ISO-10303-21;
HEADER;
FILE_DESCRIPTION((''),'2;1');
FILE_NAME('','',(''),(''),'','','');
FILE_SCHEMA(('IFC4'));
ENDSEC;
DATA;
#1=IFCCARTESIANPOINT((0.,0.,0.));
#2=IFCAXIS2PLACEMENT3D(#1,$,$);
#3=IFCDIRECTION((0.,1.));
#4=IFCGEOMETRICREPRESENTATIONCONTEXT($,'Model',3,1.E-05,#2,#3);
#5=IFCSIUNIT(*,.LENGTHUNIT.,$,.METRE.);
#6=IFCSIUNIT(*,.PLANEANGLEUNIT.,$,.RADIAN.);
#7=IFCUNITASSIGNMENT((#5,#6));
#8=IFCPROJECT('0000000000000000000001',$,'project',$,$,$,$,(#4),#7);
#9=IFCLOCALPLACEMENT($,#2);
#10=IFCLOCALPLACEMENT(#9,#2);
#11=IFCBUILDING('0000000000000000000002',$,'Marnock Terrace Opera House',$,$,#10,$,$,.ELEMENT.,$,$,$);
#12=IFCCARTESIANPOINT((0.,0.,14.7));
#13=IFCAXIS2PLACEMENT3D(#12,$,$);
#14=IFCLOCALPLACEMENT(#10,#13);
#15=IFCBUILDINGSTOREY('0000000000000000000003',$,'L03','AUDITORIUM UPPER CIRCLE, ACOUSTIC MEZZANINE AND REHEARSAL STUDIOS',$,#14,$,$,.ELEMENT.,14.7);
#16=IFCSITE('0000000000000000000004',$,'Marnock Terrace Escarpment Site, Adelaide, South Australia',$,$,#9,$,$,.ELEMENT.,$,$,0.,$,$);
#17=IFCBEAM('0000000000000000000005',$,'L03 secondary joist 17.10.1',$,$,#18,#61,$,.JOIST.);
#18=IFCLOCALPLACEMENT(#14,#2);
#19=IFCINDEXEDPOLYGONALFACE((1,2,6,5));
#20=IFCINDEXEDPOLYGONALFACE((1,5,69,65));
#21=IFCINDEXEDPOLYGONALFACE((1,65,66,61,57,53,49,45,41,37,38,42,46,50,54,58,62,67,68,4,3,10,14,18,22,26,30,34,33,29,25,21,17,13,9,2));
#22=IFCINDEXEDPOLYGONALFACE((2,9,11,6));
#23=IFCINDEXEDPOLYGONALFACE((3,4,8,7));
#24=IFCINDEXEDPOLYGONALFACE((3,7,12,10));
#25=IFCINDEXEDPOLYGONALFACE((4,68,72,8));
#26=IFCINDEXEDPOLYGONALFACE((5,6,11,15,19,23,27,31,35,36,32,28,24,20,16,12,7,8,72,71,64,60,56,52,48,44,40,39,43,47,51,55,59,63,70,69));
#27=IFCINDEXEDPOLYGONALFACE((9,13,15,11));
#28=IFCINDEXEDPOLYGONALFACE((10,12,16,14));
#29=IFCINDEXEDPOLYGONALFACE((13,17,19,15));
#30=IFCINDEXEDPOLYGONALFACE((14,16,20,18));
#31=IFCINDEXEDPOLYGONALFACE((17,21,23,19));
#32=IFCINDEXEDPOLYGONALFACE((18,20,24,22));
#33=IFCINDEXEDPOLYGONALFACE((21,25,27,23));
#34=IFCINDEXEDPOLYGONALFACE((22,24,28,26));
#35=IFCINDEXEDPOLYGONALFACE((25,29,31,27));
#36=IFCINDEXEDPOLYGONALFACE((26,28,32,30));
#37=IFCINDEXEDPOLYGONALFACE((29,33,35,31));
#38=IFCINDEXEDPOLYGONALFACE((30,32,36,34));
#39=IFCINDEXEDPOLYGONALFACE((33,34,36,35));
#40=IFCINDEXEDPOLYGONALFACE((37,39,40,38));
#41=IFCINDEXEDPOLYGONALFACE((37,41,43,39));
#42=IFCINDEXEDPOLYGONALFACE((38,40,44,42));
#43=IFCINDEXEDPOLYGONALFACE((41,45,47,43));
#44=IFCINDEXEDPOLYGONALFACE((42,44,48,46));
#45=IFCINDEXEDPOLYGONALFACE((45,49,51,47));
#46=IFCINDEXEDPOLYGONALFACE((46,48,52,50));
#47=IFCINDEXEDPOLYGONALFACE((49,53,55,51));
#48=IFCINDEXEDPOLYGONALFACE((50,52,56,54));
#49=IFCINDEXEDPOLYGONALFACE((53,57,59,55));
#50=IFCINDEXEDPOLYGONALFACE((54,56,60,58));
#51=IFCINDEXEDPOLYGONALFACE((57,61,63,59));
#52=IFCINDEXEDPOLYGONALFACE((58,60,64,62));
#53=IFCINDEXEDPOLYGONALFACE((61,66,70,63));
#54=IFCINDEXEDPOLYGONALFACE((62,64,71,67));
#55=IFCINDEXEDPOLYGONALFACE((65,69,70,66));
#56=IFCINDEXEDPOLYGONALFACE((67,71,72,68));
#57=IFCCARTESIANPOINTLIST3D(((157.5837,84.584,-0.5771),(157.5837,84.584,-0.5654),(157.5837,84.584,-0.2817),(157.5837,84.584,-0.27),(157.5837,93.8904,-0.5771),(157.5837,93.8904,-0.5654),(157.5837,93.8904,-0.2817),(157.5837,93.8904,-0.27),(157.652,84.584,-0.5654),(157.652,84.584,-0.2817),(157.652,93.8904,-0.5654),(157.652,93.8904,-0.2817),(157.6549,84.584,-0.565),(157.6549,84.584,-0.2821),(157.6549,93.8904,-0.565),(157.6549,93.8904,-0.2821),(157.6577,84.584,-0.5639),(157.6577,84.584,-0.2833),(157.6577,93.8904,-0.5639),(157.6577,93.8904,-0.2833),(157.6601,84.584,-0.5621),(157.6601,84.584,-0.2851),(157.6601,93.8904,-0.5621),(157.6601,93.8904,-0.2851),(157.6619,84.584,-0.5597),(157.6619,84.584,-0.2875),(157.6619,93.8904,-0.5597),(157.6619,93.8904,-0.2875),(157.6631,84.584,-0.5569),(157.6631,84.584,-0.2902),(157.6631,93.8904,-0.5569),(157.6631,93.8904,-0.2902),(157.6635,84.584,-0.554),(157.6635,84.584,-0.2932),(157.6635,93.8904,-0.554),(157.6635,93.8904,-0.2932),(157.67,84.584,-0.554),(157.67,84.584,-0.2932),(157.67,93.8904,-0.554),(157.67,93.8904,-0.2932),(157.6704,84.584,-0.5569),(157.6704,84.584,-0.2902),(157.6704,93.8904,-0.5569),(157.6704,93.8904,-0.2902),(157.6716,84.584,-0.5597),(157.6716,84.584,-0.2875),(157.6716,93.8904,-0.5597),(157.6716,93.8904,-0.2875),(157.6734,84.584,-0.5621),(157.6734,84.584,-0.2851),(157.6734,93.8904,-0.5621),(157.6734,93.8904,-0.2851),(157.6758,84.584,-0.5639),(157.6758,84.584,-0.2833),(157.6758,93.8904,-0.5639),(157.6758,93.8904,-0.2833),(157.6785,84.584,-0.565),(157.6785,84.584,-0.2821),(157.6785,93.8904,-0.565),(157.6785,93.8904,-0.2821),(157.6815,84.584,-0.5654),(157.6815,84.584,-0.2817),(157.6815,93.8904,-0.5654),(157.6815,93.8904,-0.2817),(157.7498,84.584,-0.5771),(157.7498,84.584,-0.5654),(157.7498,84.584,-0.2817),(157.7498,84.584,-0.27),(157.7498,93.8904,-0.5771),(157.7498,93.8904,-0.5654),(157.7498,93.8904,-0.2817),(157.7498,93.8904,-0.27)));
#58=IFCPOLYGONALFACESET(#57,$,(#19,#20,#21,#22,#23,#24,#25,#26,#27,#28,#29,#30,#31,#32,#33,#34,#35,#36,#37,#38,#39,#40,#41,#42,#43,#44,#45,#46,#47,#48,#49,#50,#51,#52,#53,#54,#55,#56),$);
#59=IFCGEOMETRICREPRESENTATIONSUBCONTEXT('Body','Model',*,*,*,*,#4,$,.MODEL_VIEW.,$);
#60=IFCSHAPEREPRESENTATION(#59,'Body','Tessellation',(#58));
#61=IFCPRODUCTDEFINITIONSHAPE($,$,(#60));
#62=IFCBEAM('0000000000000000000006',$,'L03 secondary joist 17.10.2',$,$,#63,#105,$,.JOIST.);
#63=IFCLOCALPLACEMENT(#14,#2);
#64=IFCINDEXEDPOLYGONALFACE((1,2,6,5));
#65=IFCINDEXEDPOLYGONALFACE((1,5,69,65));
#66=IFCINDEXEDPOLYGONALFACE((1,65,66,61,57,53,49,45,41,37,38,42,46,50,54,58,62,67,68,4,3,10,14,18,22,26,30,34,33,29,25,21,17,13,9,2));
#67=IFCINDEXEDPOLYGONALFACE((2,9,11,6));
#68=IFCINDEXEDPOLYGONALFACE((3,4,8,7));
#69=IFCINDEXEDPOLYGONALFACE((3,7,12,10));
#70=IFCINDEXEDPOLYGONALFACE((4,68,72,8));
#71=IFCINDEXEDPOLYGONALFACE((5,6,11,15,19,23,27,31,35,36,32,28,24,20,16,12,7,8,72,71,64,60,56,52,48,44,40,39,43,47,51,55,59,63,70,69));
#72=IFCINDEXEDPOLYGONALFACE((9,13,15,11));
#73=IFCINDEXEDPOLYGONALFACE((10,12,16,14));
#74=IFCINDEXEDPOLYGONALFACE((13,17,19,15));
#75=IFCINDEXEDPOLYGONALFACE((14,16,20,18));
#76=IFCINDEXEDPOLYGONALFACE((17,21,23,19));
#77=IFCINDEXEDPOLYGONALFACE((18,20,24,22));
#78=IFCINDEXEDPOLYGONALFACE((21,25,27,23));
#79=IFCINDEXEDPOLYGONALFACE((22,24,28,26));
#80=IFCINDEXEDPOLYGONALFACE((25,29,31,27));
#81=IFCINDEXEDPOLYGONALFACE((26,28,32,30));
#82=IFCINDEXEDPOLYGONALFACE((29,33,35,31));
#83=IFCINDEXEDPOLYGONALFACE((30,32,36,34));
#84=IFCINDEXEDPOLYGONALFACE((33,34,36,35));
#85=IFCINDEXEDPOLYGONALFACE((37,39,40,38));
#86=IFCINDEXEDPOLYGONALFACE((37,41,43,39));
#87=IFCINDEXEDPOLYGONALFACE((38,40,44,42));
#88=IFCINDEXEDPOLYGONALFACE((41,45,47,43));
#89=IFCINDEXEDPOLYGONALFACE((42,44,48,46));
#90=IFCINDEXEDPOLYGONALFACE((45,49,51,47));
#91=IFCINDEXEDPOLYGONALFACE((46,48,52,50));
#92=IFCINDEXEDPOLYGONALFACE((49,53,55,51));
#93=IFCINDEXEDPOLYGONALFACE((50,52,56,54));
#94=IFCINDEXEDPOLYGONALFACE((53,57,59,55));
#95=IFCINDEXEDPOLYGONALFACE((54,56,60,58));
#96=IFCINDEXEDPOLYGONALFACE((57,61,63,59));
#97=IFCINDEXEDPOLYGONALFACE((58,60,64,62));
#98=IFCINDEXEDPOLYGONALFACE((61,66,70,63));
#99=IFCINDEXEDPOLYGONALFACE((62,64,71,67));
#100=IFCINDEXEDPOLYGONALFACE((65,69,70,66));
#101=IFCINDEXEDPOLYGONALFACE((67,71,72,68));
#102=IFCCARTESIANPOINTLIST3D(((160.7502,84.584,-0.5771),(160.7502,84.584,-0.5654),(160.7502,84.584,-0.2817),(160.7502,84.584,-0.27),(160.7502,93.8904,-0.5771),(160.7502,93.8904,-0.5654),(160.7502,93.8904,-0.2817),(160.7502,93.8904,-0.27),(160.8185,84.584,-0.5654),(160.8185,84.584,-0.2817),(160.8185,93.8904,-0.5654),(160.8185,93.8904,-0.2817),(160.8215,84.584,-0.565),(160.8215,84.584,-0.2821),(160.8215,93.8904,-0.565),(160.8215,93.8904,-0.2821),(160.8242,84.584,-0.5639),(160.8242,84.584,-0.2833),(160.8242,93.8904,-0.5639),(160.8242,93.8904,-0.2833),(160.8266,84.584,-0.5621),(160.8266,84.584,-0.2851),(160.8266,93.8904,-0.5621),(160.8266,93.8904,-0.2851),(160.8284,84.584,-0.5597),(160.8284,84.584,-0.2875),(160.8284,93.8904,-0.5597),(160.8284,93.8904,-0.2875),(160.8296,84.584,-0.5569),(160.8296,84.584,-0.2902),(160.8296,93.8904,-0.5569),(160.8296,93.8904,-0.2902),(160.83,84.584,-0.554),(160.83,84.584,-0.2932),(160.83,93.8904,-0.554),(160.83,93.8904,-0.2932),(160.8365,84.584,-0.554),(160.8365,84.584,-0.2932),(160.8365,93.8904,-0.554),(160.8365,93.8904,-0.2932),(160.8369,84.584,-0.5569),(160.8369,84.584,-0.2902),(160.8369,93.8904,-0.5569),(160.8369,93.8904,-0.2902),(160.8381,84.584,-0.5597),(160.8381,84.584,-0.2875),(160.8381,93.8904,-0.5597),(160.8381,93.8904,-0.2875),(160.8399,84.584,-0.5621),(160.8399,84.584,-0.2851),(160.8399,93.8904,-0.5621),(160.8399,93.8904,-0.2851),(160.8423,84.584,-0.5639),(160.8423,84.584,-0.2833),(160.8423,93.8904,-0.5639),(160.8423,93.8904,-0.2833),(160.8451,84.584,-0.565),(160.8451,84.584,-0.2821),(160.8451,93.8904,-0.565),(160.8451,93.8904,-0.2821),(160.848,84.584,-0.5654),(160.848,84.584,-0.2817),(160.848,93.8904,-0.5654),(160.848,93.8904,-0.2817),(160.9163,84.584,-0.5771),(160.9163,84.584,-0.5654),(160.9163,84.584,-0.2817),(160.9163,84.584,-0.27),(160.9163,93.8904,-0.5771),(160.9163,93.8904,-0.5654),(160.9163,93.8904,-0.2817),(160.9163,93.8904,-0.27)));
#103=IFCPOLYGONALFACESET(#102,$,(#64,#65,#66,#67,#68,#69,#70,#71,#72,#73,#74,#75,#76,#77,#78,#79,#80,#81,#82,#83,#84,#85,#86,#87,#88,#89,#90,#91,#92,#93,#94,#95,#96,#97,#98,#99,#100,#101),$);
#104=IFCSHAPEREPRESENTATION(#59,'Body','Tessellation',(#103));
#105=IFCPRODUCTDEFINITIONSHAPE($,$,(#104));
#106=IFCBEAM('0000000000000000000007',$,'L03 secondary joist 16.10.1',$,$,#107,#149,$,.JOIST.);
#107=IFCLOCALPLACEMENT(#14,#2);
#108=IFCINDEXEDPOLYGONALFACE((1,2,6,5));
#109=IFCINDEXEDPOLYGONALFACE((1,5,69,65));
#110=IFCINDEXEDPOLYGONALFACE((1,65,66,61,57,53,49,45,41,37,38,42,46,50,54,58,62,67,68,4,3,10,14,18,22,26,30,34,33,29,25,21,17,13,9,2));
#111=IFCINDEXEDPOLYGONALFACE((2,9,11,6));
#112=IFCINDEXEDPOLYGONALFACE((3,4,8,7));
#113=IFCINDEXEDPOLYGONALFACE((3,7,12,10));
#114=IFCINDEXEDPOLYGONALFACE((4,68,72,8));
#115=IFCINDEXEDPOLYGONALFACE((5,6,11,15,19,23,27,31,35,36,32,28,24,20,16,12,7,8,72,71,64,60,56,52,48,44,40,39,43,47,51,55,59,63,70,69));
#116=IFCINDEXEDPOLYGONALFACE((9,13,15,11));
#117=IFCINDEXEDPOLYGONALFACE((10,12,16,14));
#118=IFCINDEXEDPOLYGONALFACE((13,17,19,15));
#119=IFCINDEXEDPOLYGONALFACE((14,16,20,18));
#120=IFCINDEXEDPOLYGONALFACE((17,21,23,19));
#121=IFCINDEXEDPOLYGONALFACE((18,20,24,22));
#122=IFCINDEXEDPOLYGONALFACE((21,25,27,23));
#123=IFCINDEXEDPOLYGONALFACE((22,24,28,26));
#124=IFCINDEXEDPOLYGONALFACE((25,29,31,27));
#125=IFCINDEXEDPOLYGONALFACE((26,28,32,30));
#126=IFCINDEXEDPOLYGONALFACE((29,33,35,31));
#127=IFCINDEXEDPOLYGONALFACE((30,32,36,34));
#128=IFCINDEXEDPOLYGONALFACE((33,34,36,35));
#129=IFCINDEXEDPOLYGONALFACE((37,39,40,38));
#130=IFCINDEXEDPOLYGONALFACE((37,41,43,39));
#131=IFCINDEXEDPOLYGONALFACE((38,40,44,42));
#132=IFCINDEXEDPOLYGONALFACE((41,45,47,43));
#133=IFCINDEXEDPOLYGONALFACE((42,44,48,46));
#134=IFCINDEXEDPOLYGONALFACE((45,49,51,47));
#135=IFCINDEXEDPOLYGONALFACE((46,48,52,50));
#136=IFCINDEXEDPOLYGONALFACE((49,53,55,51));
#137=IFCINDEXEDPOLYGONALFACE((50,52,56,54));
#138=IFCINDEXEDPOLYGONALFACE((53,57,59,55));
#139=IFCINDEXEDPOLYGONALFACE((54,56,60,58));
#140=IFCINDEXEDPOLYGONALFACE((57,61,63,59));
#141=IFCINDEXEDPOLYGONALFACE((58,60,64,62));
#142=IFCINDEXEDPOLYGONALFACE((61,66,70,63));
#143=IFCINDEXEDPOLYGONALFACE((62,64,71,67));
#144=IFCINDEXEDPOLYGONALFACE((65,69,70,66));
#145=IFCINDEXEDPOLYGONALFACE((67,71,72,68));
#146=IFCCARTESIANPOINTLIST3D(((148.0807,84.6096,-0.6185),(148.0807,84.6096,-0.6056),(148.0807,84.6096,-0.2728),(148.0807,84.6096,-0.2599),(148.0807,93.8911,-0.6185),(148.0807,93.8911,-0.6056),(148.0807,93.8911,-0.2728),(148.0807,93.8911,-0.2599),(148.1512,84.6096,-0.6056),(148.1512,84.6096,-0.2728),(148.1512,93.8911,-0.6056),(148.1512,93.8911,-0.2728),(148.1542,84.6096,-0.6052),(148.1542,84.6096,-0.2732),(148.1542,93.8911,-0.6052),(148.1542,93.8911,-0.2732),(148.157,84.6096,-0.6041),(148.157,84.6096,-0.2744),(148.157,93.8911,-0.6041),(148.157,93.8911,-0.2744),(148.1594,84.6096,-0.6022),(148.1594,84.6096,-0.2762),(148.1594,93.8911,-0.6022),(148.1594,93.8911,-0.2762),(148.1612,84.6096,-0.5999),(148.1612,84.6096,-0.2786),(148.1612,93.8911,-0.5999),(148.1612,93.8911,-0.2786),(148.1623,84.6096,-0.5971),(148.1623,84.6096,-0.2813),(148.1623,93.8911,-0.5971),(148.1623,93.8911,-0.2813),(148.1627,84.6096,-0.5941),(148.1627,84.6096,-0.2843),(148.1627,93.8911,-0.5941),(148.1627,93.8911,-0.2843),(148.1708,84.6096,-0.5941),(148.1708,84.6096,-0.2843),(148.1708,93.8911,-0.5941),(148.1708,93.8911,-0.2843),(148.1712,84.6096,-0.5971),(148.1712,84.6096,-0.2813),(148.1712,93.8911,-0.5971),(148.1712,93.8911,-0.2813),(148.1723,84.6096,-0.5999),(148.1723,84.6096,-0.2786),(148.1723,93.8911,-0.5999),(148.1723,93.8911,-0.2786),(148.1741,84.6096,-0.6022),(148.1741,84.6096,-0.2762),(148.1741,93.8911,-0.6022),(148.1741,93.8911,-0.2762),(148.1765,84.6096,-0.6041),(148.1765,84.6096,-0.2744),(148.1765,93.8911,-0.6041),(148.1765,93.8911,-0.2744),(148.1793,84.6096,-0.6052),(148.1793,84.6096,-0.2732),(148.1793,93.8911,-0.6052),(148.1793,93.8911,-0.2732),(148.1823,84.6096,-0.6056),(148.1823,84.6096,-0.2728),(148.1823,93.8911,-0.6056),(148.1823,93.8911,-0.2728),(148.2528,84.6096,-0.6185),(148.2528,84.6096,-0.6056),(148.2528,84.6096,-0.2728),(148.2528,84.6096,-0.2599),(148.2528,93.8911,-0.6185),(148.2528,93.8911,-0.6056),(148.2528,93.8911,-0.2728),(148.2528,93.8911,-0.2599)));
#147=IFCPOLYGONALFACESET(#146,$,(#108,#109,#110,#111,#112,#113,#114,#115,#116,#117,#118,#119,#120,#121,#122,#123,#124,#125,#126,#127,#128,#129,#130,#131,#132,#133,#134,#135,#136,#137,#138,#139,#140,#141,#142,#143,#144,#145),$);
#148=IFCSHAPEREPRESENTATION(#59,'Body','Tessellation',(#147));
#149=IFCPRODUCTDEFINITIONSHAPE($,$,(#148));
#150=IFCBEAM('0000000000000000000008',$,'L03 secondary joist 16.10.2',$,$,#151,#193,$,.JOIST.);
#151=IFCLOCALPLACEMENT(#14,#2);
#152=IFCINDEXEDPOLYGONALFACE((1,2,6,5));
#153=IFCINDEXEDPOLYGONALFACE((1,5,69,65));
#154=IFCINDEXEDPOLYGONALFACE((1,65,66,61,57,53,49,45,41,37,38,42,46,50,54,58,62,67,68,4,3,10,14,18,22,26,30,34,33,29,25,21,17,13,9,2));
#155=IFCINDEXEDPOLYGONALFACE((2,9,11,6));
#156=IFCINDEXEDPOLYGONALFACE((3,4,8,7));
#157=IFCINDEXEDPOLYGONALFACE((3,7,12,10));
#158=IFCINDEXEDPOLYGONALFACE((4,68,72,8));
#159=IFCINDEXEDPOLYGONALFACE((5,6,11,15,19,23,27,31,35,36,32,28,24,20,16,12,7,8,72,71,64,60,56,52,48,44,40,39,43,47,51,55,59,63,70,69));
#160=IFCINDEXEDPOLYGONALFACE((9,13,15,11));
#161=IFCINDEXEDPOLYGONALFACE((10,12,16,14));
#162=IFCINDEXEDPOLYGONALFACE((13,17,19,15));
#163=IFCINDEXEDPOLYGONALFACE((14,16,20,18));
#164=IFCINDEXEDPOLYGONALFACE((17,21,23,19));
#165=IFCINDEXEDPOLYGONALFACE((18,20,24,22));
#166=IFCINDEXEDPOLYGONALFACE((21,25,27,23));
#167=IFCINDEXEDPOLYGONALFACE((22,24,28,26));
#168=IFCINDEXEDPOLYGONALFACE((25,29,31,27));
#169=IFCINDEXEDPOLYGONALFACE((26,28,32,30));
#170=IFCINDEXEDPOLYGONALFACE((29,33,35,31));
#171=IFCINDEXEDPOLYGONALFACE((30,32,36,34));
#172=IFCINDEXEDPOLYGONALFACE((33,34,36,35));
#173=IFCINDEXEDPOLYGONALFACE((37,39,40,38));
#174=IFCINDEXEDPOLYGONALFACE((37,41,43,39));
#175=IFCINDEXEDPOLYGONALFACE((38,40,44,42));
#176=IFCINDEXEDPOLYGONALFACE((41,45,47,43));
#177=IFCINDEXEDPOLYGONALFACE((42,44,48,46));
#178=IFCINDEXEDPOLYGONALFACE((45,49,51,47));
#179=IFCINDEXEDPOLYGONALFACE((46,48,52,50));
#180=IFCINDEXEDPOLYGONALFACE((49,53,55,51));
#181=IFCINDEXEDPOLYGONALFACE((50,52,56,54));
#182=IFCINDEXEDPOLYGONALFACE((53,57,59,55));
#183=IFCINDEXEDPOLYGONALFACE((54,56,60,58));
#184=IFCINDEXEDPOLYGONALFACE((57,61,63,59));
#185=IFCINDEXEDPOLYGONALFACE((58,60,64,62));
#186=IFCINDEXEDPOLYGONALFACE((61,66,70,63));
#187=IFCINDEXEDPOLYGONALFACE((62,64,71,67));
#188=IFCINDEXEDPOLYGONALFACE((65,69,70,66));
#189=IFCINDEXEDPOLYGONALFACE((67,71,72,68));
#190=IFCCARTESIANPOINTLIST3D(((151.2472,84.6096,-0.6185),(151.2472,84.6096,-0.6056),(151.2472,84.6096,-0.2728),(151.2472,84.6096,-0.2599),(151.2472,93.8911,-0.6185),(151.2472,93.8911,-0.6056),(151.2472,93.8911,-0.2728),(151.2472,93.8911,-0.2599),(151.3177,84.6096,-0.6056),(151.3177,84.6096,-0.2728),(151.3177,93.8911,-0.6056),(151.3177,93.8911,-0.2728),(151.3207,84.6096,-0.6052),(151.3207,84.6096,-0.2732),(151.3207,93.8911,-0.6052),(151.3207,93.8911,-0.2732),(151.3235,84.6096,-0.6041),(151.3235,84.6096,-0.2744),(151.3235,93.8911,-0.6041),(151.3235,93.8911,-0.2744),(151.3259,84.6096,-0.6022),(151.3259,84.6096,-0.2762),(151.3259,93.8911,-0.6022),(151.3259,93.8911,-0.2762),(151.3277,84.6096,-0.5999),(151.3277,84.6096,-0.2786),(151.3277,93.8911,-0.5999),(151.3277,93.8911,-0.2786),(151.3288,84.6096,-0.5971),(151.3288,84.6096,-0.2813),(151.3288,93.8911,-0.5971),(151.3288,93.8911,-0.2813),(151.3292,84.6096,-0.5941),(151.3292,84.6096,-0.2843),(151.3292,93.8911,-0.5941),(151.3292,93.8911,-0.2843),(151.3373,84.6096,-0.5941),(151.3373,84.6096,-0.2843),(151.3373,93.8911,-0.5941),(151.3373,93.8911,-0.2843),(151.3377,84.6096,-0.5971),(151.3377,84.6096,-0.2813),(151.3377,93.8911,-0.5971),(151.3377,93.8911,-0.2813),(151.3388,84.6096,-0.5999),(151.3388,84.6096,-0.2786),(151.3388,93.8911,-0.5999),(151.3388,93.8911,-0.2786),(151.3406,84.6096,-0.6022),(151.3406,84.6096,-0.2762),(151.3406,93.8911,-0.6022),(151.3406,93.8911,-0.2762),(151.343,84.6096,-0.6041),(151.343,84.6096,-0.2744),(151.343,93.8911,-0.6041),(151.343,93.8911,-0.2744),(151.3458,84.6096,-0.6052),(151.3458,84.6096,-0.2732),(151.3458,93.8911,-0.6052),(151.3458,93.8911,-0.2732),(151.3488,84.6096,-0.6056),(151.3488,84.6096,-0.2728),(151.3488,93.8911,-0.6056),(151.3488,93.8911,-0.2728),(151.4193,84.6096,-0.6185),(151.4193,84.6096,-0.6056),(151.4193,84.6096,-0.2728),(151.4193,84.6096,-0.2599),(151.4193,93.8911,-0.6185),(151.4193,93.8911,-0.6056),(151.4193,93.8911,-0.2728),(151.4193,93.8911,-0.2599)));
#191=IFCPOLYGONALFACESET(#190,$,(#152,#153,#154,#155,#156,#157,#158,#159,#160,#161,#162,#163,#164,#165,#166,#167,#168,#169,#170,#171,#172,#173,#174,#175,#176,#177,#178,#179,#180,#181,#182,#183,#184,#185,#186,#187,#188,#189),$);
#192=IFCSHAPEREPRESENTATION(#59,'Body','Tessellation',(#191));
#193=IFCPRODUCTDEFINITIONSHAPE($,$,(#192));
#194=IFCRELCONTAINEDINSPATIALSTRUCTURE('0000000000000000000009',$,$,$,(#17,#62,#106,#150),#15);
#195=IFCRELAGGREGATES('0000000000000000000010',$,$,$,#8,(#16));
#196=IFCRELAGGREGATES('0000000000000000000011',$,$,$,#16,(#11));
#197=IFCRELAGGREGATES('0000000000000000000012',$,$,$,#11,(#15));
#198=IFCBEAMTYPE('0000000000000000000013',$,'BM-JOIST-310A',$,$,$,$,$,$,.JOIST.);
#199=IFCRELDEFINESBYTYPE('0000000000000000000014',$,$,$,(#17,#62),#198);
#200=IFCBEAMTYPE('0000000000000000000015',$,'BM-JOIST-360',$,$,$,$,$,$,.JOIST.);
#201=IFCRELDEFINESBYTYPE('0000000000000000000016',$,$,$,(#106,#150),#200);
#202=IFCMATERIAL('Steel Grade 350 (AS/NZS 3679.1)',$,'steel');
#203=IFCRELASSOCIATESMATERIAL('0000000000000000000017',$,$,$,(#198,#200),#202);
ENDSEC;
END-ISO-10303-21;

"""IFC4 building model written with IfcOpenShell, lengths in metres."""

from ifc_helpers import new_model, si_unit, direction, frame, origin, origin_2d, place, context, subcontext, project, spatial, i_section, extrude, material, material_profile, profile_set, type_object, element, save


model = new_model("IFC4")

# Units and contexts
model_context = context("Model", 3, precision=1e-05, world=origin(), true_north=direction((0.0, 1.0)))
body_context = subcontext(model_context, "Body", "Model", "MODEL_VIEW")
ifc_project = project(units=[si_unit("LENGTHUNIT", "METRE"), si_unit("PLANEANGLEUNIT", "RADIAN")], contexts=[model_context])

# Site, building, storey
site_placement = place(None, origin())
site = spatial("IfcSite", under=ifc_project, at=site_placement, Name="Marnock Terrace Escarpment Site, Adelaide, South Australia", CompositionType="ELEMENT", RefElevation=0.0)
building_placement = place(site_placement, origin())
building = spatial("IfcBuilding", under=site, at=building_placement, Name="Marnock Terrace Opera House", CompositionType="ELEMENT")
storey_placement = place(building_placement, frame((0.0, 0.0, 14.7)))
storey = spatial("IfcBuildingStorey", under=building, at=storey_placement, Name="L03", Description="AUDITORIUM UPPER CIRCLE, ACOUSTIC MEZZANINE AND REHEARSAL STUDIOS", CompositionType="ELEMENT", Elevation=14.7)

# Beams
ifc_material_1 = material(Name="Steel Grade 350 (AS/NZS 3679.1)", Category="steel")
ifc_material_profile_1 = material_profile(ifc_material_1, i_section(OverallWidth=0.166, OverallDepth=0.3071, WebThickness=0.0066, FlangeThickness=0.0117, FilletRadius=0.0115, at=origin_2d()))
ifc_profile_set_1 = profile_set([ifc_material_profile_1], Name="Steel Grade 350 (AS/NZS 3679.1)")
beam_type_1 = type_object("IfcBeamType", Name="BM-JOIST-310A", PredefinedType="JOIST", material=ifc_profile_set_1)
for number, where, z_axis, x_axis, name in (
    (1, (157.6667, 84.584, -0.4236), (0.0, 1.0, 0.0), (-1.0, 0.0, 0.0), "L03 secondary joist 17.10.1"),
    (2, (160.8333, 84.584, -0.4236), (0.0, 1.0, 0.0), (-1.0, 0.0, 0.0), "L03 secondary joist 17.10.2"),
):
    element("IfcBeam", number, at=place(storey_placement, frame(where, z_axis=z_axis, x_axis=x_axis)), inside=storey, type_object=beam_type_1, Name=name, PredefinedType="JOIST", context=body_context, shape_type="SweptSolid", body=[
        extrude(i_section(OverallWidth=0.166, OverallDepth=0.3071, WebThickness=0.0066, FlangeThickness=0.0117, FilletRadius=0.0115, at=origin_2d()), origin(), (0.0, 0.0, 1.0), 9.3064),
    ])
ifc_material_profile_2 = material_profile(ifc_material_1, i_section(OverallWidth=0.1721, OverallDepth=0.3586, WebThickness=0.0081, FlangeThickness=0.0129, FilletRadius=0.0115, at=origin_2d()))
ifc_profile_set_2 = profile_set([ifc_material_profile_2], Name="Steel Grade 350 (AS/NZS 3679.1)")
beam_type_2 = type_object("IfcBeamType", Name="BM-JOIST-360", PredefinedType="JOIST", material=ifc_profile_set_2)
for number, where, z_axis, x_axis, name in (
    (3, (148.1667, 84.6096, -0.4392), (0.0, 1.0, 0.0), (-1.0, 0.0, 0.0), "L03 secondary joist 16.10.1"),
    (4, (151.3333, 84.6096, -0.4392), (0.0, 1.0, 0.0), (-1.0, 0.0, 0.0), "L03 secondary joist 16.10.2"),
):
    element("IfcBeam", number, at=place(storey_placement, frame(where, z_axis=z_axis, x_axis=x_axis)), inside=storey, type_object=beam_type_2, Name=name, PredefinedType="JOIST", context=body_context, shape_type="SweptSolid", body=[
        extrude(i_section(OverallWidth=0.1721, OverallDepth=0.3586, WebThickness=0.0081, FlangeThickness=0.0129, FilletRadius=0.0115, at=origin_2d()), origin(), (0.0, 0.0, 1.0), 9.2815),
    ])

save(model, "model.ifc")
